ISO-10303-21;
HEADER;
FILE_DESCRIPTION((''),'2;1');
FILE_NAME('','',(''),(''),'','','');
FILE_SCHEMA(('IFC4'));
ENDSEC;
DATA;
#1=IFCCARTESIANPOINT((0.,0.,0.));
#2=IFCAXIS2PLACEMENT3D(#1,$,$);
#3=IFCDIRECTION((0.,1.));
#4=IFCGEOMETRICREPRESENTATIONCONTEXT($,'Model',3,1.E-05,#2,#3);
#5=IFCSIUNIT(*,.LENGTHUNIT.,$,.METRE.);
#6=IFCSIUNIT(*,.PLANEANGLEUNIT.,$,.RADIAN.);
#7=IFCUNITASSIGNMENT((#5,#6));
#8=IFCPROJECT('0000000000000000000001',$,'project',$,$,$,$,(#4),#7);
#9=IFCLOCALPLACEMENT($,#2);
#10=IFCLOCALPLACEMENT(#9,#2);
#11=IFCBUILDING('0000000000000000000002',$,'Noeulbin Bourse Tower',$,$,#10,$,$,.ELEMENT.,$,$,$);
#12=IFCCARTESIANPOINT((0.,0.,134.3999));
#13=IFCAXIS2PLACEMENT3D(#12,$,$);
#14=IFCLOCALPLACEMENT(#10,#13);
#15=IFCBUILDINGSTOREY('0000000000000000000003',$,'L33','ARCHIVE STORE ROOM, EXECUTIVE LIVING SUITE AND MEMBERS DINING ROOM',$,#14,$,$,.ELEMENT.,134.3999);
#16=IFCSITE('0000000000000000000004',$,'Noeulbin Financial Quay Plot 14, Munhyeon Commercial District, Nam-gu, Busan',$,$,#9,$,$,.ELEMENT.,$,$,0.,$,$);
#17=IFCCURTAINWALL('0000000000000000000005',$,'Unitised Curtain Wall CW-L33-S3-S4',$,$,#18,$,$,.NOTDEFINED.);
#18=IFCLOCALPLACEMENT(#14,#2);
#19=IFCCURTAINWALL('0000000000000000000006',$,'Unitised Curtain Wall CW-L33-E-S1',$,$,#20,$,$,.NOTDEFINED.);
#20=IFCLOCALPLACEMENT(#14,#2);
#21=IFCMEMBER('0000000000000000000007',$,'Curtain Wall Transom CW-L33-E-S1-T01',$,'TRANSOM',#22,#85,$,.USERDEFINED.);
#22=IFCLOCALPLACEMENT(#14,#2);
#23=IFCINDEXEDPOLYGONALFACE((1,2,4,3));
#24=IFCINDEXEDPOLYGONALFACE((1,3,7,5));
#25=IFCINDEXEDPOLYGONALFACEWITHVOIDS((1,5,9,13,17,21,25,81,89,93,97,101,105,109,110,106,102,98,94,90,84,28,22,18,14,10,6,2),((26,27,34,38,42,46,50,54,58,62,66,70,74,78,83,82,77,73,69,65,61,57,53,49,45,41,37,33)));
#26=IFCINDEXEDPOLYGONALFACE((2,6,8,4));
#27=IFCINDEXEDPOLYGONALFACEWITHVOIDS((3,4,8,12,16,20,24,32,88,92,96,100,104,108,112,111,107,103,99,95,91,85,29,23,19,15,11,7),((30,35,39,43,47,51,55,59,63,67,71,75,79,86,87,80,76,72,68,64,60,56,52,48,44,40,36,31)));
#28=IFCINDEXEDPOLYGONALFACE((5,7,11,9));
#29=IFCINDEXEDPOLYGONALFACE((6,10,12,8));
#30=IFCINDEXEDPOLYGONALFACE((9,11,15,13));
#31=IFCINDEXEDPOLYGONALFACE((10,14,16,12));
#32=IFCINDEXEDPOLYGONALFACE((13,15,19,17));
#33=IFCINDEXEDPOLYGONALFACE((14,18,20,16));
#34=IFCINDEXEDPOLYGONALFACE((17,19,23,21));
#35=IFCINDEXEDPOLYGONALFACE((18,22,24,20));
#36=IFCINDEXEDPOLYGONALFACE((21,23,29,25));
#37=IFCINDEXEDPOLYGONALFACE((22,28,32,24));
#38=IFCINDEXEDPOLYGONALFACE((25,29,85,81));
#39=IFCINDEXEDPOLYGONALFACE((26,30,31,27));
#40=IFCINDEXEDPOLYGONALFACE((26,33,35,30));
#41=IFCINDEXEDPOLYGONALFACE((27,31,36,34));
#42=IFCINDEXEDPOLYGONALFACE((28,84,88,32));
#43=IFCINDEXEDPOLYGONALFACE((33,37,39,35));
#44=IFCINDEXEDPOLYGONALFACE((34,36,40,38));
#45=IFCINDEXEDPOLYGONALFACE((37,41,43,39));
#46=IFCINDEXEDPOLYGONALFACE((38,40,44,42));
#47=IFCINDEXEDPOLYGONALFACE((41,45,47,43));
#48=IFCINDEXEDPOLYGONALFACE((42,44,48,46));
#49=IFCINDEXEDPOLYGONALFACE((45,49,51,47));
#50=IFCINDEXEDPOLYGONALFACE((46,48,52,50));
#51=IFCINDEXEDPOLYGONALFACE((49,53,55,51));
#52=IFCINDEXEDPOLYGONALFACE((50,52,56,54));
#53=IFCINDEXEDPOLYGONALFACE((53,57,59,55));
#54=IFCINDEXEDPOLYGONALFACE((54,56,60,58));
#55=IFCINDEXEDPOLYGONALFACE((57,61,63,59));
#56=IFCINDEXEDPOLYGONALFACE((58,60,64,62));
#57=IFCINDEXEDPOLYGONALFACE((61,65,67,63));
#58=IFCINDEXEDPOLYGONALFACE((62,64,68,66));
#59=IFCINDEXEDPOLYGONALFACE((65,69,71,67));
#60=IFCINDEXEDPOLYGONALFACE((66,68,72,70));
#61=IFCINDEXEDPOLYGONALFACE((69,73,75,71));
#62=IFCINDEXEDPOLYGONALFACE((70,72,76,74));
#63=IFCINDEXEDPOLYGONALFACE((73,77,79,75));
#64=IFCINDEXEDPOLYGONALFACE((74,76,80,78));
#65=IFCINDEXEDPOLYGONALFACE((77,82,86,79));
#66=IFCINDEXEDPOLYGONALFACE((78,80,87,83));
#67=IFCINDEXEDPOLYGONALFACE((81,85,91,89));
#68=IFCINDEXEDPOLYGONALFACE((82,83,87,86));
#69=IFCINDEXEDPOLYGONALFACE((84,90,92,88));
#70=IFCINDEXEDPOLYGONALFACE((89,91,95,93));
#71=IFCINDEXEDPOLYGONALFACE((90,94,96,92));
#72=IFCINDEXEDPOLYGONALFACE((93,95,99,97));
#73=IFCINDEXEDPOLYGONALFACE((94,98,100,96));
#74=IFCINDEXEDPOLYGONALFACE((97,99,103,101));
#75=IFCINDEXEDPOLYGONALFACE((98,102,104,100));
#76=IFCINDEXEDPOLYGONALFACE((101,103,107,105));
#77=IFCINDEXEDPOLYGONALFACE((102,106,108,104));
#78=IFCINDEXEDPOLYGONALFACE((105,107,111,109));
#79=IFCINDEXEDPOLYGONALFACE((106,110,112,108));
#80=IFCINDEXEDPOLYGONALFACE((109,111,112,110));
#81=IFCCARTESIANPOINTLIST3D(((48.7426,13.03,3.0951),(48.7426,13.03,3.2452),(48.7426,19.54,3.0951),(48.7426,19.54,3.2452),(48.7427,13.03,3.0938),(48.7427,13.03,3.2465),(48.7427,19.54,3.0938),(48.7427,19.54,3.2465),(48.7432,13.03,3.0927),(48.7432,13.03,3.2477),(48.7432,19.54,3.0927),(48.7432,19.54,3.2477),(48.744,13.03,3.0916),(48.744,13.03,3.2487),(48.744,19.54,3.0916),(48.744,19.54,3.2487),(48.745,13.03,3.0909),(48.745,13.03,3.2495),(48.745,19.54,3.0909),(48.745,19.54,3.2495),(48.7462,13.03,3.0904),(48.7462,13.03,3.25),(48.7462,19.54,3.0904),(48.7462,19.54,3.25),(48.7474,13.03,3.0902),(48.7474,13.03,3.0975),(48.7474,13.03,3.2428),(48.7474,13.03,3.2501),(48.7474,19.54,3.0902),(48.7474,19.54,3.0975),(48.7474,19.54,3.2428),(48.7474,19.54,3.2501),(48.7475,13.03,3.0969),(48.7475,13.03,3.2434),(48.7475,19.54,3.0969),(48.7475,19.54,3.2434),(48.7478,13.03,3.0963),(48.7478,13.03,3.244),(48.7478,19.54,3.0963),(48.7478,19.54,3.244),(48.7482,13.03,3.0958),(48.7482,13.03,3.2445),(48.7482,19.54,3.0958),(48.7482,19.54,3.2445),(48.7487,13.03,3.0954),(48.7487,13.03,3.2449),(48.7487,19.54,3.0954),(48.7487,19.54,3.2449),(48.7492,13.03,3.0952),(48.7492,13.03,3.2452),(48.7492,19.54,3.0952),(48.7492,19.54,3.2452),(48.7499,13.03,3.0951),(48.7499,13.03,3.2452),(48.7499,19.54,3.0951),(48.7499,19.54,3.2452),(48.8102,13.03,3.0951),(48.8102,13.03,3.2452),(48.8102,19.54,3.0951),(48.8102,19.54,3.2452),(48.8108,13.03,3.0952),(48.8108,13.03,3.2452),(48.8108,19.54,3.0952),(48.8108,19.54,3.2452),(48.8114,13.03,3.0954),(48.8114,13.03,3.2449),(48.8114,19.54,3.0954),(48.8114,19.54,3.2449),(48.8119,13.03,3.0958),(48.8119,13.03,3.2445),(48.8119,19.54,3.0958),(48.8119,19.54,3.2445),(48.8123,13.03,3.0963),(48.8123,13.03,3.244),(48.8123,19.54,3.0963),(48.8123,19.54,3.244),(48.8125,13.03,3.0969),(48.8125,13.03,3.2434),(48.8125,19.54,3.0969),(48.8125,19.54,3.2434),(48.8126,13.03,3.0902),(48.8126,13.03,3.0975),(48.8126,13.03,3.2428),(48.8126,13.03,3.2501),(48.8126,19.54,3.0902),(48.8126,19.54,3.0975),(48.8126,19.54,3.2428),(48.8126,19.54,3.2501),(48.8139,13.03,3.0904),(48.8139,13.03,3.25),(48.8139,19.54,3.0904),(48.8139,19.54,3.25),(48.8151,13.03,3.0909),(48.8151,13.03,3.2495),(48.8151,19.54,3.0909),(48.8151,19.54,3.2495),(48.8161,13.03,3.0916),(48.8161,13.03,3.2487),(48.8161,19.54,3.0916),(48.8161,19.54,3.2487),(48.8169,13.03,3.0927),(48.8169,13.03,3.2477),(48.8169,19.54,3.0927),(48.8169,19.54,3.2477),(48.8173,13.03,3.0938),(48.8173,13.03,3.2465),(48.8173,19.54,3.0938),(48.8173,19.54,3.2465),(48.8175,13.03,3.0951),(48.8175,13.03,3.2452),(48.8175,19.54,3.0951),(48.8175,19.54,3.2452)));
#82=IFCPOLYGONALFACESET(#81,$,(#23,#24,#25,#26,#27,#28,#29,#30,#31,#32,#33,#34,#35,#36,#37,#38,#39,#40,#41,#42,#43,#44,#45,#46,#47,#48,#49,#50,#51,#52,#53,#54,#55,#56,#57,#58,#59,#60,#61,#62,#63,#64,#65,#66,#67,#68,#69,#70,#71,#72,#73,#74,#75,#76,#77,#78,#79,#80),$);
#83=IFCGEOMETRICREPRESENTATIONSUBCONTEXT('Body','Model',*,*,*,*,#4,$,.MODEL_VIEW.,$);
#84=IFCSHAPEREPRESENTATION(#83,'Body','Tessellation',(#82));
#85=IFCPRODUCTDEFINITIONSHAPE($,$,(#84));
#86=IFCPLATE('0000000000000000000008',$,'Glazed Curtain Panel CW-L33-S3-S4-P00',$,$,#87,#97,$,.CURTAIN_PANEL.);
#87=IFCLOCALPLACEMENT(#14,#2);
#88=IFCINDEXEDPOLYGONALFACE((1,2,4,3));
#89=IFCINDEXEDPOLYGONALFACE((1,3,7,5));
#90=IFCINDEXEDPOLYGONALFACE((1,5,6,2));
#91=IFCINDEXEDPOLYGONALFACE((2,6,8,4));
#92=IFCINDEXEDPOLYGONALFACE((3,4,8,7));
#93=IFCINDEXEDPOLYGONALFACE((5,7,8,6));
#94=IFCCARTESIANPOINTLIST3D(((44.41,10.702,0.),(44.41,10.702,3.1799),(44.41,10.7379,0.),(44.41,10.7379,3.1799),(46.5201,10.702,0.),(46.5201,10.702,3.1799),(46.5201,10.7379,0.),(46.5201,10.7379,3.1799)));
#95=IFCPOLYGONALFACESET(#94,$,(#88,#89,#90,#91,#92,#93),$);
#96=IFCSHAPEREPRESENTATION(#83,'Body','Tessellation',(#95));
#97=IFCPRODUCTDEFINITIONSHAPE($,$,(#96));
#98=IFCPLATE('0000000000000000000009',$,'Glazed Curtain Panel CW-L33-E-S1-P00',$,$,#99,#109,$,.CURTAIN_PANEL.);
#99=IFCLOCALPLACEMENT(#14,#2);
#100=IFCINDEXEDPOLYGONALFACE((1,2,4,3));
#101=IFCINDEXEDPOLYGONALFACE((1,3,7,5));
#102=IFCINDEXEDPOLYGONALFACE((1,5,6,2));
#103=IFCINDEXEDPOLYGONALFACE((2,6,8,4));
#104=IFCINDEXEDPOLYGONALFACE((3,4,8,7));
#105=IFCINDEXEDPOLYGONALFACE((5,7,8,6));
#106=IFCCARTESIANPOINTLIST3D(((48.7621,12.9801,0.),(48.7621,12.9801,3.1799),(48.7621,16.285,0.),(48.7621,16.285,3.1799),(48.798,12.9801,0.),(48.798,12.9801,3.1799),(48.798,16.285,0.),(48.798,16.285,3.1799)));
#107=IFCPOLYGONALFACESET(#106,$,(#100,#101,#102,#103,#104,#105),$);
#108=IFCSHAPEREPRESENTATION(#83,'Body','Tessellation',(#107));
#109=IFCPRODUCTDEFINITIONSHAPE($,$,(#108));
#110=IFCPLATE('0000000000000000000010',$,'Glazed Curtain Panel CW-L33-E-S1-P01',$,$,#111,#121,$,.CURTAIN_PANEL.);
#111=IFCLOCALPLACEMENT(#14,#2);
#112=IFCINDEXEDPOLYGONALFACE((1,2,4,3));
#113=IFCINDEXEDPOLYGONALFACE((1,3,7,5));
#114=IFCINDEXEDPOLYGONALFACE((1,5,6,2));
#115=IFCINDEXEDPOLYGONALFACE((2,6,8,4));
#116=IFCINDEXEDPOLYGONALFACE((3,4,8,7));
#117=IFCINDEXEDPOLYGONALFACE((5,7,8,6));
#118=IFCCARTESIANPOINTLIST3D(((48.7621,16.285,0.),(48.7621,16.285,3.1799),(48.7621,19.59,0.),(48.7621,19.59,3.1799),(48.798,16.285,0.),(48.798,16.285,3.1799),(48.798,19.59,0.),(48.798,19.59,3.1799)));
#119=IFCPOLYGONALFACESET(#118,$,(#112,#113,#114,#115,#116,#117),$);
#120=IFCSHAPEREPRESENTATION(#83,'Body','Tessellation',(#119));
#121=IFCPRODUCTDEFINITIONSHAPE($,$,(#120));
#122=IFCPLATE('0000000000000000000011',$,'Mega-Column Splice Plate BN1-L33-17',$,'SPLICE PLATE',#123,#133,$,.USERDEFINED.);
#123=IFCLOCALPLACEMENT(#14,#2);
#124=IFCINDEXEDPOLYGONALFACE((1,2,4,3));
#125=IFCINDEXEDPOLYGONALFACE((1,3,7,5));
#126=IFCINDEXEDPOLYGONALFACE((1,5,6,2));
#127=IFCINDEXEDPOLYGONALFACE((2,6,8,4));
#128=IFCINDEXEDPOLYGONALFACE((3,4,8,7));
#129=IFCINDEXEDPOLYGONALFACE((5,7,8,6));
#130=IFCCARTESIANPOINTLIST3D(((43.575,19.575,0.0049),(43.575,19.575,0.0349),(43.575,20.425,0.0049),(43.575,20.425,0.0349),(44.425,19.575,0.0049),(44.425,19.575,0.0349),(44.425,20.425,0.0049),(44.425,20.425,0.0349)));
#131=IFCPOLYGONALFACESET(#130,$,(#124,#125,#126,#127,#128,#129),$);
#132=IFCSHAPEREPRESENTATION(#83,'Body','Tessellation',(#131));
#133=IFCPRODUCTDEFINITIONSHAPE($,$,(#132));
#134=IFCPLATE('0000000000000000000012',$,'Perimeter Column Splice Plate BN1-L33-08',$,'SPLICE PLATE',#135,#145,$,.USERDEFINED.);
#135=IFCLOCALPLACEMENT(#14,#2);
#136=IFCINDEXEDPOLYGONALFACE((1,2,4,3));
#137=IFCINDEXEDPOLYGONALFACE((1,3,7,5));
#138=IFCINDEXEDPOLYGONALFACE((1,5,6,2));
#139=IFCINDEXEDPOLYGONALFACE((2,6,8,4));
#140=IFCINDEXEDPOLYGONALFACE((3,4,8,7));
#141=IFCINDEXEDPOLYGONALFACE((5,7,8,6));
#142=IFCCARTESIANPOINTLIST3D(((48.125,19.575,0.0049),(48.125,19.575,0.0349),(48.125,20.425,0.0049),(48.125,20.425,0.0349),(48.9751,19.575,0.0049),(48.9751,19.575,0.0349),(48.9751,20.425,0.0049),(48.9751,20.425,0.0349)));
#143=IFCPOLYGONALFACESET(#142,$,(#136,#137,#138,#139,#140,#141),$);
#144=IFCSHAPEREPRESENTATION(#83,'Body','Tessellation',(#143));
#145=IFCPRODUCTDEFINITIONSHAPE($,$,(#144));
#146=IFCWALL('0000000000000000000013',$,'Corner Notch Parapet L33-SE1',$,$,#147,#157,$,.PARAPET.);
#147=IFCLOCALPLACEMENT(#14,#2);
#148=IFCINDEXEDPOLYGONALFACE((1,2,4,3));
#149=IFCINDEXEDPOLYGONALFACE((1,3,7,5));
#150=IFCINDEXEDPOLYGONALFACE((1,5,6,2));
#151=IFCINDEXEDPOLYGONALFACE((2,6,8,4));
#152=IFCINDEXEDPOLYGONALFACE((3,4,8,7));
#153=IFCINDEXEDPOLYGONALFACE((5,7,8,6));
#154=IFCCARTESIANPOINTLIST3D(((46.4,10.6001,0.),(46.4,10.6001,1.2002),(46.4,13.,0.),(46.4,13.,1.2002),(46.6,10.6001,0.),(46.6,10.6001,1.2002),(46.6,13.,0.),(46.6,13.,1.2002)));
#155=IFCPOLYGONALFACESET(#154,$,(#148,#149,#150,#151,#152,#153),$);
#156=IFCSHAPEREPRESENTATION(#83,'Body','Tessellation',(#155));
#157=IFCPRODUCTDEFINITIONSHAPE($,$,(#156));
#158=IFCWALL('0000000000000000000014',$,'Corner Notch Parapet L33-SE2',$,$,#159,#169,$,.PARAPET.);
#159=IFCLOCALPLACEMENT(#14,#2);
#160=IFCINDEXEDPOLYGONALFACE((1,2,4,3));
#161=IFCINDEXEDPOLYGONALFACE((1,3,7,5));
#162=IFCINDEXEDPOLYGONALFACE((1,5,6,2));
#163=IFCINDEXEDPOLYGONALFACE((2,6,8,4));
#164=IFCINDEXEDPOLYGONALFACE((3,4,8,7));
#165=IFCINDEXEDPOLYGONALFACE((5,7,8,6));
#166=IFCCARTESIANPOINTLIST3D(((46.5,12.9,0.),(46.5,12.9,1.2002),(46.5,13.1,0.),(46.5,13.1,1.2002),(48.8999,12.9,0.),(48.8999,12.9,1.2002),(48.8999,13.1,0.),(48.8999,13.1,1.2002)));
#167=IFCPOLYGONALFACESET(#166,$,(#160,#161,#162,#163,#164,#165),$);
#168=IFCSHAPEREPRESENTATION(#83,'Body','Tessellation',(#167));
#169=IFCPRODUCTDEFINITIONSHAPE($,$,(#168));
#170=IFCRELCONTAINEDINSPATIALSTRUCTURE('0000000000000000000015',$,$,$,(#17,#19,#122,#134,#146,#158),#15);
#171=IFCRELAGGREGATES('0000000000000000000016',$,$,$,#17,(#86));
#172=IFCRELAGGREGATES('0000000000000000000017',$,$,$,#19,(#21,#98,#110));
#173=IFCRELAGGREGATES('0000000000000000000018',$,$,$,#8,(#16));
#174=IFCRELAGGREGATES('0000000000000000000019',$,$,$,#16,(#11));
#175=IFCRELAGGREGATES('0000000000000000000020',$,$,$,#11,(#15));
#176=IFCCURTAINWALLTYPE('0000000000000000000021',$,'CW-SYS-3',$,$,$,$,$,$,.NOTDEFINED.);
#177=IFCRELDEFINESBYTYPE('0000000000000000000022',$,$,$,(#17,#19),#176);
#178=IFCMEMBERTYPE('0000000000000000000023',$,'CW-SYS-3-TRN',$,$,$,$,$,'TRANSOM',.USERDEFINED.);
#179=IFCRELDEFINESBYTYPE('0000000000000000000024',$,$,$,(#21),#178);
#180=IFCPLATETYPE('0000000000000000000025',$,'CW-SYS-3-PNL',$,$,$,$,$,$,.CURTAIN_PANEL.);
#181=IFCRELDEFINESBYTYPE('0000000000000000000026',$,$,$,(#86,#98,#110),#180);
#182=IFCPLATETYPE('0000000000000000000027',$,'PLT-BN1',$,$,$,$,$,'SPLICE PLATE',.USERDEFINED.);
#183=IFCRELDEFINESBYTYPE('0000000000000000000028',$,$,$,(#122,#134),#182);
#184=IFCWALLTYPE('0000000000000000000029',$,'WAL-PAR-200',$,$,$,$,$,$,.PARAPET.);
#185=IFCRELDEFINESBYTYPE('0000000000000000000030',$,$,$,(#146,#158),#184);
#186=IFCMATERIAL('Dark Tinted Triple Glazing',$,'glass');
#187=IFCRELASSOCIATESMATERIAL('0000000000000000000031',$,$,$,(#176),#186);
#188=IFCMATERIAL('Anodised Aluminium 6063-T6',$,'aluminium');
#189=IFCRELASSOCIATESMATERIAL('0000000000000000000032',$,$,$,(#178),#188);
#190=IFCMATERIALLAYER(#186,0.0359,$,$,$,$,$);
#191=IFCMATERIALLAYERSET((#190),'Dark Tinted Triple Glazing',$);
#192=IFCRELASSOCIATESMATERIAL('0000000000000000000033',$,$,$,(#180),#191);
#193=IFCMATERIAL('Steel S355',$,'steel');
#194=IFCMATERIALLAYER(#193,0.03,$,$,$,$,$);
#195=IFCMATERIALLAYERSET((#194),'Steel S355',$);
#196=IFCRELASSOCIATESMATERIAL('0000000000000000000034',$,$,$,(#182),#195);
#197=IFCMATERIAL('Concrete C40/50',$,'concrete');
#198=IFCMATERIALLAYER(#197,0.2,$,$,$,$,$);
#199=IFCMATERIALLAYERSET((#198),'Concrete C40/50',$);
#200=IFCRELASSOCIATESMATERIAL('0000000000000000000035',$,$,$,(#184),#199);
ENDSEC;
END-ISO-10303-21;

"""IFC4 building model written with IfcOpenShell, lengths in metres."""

from ifc_helpers import new_model, si_unit, direction, frame, frame_2d, origin, origin_2d, place, context, subcontext, project, spatial, rectangle, hollow_rectangle, extrude, material, layer, layer_set, material_profile, profile_set, type_object, element, aggregate, save


model = new_model("IFC4")

# Units and contexts
model_context = context("Model", 3, precision=1e-05, world=origin(), true_north=direction((0.0, 1.0)))
body_context = subcontext(model_context, "Body", "Model", "MODEL_VIEW")
ifc_project = project(units=[si_unit("LENGTHUNIT", "METRE"), si_unit("PLANEANGLEUNIT", "RADIAN")], contexts=[model_context])

# Site, building, storey
site_placement = place(None, origin())
site = spatial("IfcSite", under=ifc_project, at=site_placement, Name="Noeulbin Financial Quay Plot 14, Munhyeon Commercial District, Nam-gu, Busan", CompositionType="ELEMENT", RefElevation=0.0)
building_placement = place(site_placement, origin())
building = spatial("IfcBuilding", under=site, at=building_placement, Name="Noeulbin Bourse Tower", CompositionType="ELEMENT")
storey_placement = place(building_placement, frame((0.0, 0.0, 134.3999)))
storey = spatial("IfcBuildingStorey", under=building, at=storey_placement, Name="L33", Description="ARCHIVE STORE ROOM, EXECUTIVE LIVING SUITE AND MEMBERS DINING ROOM", CompositionType="ELEMENT", Elevation=134.3999)

# Shared definitions
ifc_material_1 = material(Name="Steel S355", Category="steel")

# Curtain walls
ifc_material_2 = material(Name="Dark Tinted Triple Glazing", Category="glass")
curtain_wall_type = type_object("IfcCurtainWallType", Name="CW-SYS-3", PredefinedType="NOTDEFINED", material=ifc_material_2)
curtain_wall_1_placement = place(storey_placement, origin())
curtain_wall_1 = element("IfcCurtainWall", 1, at=curtain_wall_1_placement, inside=storey, type_object=curtain_wall_type, Name="Unitised Curtain Wall CW-L33-S3-S4", PredefinedType="NOTDEFINED")
ifc_material_3 = material(Name="Anodised Aluminium 6063-T6", Category="aluminium")
curtain_wall_2_placement = place(storey_placement, origin())
curtain_wall_2 = element("IfcCurtainWall", 2, at=curtain_wall_2_placement, inside=storey, type_object=curtain_wall_type, Name="Unitised Curtain Wall CW-L33-E-S1", PredefinedType="NOTDEFINED")

# Member
ifc_material_profile_1 = material_profile(ifc_material_3, hollow_rectangle(XDim=0.075, YDim=0.1599, WallThickness=0.0049, InnerFilletRadius=0.0024, OuterFilletRadius=0.0049, at=origin_2d()), Name="ALU-TRAN-75x160x5", Category="LoadBearing")
ifc_profile_set_1 = profile_set([ifc_material_profile_1], Name="Anodised Aluminium 6063-T6")
member_type_1 = type_object("IfcMemberType", Name="CW-SYS-3-TRN", ElementType="TRANSOM", PredefinedType="USERDEFINED", material=ifc_profile_set_1)
member_1_placement = place(storey_placement, frame((48.78, 13.03, 3.1702), z_axis=(0.0, 1.0, 0.0), x_axis=(-1.0, 0.0, 0.0)))
member_1 = element("IfcMember", 3, at=member_1_placement, type_object=member_type_1, Name="Curtain Wall Transom CW-L33-E-S1-T01", ObjectType="TRANSOM", PredefinedType="USERDEFINED", context=body_context, shape_type="SweptSolid", body=[
    extrude(hollow_rectangle(XDim=0.075, YDim=0.1599, WallThickness=0.0049, InnerFilletRadius=0.0024, OuterFilletRadius=0.0049, at=origin_2d()), origin(), (0.0, 0.0, 1.0), 6.51),
])

# Plates
ifc_layer_1 = layer(ifc_material_2, 0.0359)
ifc_layer_set_1 = layer_set([ifc_layer_1], Name="Dark Tinted Triple Glazing")
plate_type_1 = type_object("IfcPlateType", Name="CW-SYS-3-PNL", PredefinedType="CURTAIN_PANEL", material=ifc_layer_set_1)
plate_1_placement = place(storey_placement, frame((45.4651, 10.72, 0.0), z_axis=(0.0, 0.0, 1.0), x_axis=(1.0, 0.0, 0.0)))
plate_1 = element("IfcPlate", 4, at=plate_1_placement, type_object=plate_type_1, Name="Glazed Curtain Panel CW-L33-S3-S4-P00", PredefinedType="CURTAIN_PANEL", context=body_context, shape_type="SweptSolid", body=[
    extrude(rectangle(XDim=2.1101, YDim=0.0359, at=origin_2d()), origin(), (0.0, 0.0, 1.0), 3.1799),
])
aggregate(curtain_wall_1, [plate_1])
plate_2_placement = place(storey_placement, frame((48.78, 14.6326, 0.0), z_axis=(0.0, 0.0, 1.0), x_axis=(0.0, 1.0, 0.0)))
plate_2 = element("IfcPlate", 5, at=plate_2_placement, type_object=plate_type_1, Name="Glazed Curtain Panel CW-L33-E-S1-P00", PredefinedType="CURTAIN_PANEL", context=body_context, shape_type="SweptSolid", body=[
    extrude(rectangle(XDim=3.3049, YDim=0.0359, at=origin_2d()), origin(), (0.0, 0.0, 1.0), 3.1799),
])
plate_3_placement = place(storey_placement, frame((48.78, 17.9375, 0.0), z_axis=(0.0, 0.0, 1.0), x_axis=(0.0, 1.0, 0.0)))
plate_3 = element("IfcPlate", 6, at=plate_3_placement, type_object=plate_type_1, Name="Glazed Curtain Panel CW-L33-E-S1-P01", PredefinedType="CURTAIN_PANEL", context=body_context, shape_type="SweptSolid", body=[
    extrude(rectangle(XDim=3.3049, YDim=0.0359, at=origin_2d()), origin(), (0.0, 0.0, 1.0), 3.1799),
])
aggregate(curtain_wall_2, [member_1, plate_2, plate_3])

# Plates
ifc_layer_2 = layer(ifc_material_1, 0.03)
ifc_layer_set_2 = layer_set([ifc_layer_2], Name="Steel S355")
plate_type_2 = type_object("IfcPlateType", Name="PLT-BN1", ElementType="SPLICE PLATE", PredefinedType="USERDEFINED", material=ifc_layer_set_2)
for number, where, z_axis, x_axis, name in (
    (7, (44.0, 20.0, 0.0049), (0.0, 0.0, 1.0), (1.0, 0.0, 0.0), "Mega-Column Splice Plate BN1-L33-17"),
    (8, (48.55, 20.0, 0.0049), (0.0, 0.0, 1.0), (1.0, 0.0, 0.0), "Perimeter Column Splice Plate BN1-L33-08"),
):
    element("IfcPlate", number, at=place(storey_placement, frame(where, z_axis=z_axis, x_axis=x_axis)), inside=storey, type_object=plate_type_2, Name=name, ObjectType="SPLICE PLATE", PredefinedType="USERDEFINED", context=body_context, shape_type="SweptSolid", body=[
        extrude(rectangle(XDim=0.8501, YDim=0.8501, at=origin_2d()), origin(), (0.0, 0.0, 1.0), 0.03),
    ])

# Walls
ifc_material_4 = material(Name="Concrete C40/50", Category="concrete")
ifc_layer_3 = layer(ifc_material_4, 0.2)
ifc_layer_set_3 = layer_set([ifc_layer_3], Name="Concrete C40/50")
wall_type = type_object("IfcWallType", Name="WAL-PAR-200", PredefinedType="PARAPET", material=ifc_layer_set_3)
for number, where, z_axis, x_axis, name in (
    (9, (46.5, 10.6001, 0.0), (0.0, 0.0, 1.0), (0.0, 1.0, 0.0), "Corner Notch Parapet L33-SE1"),
    (10, (46.5, 13.0, 0.0), (0.0, 0.0, 1.0), (1.0, 0.0, 0.0), "Corner Notch Parapet L33-SE2"),
):
    element("IfcWall", number, at=place(storey_placement, frame(where, z_axis=z_axis, x_axis=x_axis)), inside=storey, type_object=wall_type, Name=name, PredefinedType="PARAPET", context=body_context, shape_type="SweptSolid", body=[
        extrude(rectangle(XDim=2.3999, YDim=0.2, at=frame_2d((1.2, 0.0))), origin(), (0.0, 0.0, 1.0), 1.2002),
    ])

save(model, "model.ifc")
